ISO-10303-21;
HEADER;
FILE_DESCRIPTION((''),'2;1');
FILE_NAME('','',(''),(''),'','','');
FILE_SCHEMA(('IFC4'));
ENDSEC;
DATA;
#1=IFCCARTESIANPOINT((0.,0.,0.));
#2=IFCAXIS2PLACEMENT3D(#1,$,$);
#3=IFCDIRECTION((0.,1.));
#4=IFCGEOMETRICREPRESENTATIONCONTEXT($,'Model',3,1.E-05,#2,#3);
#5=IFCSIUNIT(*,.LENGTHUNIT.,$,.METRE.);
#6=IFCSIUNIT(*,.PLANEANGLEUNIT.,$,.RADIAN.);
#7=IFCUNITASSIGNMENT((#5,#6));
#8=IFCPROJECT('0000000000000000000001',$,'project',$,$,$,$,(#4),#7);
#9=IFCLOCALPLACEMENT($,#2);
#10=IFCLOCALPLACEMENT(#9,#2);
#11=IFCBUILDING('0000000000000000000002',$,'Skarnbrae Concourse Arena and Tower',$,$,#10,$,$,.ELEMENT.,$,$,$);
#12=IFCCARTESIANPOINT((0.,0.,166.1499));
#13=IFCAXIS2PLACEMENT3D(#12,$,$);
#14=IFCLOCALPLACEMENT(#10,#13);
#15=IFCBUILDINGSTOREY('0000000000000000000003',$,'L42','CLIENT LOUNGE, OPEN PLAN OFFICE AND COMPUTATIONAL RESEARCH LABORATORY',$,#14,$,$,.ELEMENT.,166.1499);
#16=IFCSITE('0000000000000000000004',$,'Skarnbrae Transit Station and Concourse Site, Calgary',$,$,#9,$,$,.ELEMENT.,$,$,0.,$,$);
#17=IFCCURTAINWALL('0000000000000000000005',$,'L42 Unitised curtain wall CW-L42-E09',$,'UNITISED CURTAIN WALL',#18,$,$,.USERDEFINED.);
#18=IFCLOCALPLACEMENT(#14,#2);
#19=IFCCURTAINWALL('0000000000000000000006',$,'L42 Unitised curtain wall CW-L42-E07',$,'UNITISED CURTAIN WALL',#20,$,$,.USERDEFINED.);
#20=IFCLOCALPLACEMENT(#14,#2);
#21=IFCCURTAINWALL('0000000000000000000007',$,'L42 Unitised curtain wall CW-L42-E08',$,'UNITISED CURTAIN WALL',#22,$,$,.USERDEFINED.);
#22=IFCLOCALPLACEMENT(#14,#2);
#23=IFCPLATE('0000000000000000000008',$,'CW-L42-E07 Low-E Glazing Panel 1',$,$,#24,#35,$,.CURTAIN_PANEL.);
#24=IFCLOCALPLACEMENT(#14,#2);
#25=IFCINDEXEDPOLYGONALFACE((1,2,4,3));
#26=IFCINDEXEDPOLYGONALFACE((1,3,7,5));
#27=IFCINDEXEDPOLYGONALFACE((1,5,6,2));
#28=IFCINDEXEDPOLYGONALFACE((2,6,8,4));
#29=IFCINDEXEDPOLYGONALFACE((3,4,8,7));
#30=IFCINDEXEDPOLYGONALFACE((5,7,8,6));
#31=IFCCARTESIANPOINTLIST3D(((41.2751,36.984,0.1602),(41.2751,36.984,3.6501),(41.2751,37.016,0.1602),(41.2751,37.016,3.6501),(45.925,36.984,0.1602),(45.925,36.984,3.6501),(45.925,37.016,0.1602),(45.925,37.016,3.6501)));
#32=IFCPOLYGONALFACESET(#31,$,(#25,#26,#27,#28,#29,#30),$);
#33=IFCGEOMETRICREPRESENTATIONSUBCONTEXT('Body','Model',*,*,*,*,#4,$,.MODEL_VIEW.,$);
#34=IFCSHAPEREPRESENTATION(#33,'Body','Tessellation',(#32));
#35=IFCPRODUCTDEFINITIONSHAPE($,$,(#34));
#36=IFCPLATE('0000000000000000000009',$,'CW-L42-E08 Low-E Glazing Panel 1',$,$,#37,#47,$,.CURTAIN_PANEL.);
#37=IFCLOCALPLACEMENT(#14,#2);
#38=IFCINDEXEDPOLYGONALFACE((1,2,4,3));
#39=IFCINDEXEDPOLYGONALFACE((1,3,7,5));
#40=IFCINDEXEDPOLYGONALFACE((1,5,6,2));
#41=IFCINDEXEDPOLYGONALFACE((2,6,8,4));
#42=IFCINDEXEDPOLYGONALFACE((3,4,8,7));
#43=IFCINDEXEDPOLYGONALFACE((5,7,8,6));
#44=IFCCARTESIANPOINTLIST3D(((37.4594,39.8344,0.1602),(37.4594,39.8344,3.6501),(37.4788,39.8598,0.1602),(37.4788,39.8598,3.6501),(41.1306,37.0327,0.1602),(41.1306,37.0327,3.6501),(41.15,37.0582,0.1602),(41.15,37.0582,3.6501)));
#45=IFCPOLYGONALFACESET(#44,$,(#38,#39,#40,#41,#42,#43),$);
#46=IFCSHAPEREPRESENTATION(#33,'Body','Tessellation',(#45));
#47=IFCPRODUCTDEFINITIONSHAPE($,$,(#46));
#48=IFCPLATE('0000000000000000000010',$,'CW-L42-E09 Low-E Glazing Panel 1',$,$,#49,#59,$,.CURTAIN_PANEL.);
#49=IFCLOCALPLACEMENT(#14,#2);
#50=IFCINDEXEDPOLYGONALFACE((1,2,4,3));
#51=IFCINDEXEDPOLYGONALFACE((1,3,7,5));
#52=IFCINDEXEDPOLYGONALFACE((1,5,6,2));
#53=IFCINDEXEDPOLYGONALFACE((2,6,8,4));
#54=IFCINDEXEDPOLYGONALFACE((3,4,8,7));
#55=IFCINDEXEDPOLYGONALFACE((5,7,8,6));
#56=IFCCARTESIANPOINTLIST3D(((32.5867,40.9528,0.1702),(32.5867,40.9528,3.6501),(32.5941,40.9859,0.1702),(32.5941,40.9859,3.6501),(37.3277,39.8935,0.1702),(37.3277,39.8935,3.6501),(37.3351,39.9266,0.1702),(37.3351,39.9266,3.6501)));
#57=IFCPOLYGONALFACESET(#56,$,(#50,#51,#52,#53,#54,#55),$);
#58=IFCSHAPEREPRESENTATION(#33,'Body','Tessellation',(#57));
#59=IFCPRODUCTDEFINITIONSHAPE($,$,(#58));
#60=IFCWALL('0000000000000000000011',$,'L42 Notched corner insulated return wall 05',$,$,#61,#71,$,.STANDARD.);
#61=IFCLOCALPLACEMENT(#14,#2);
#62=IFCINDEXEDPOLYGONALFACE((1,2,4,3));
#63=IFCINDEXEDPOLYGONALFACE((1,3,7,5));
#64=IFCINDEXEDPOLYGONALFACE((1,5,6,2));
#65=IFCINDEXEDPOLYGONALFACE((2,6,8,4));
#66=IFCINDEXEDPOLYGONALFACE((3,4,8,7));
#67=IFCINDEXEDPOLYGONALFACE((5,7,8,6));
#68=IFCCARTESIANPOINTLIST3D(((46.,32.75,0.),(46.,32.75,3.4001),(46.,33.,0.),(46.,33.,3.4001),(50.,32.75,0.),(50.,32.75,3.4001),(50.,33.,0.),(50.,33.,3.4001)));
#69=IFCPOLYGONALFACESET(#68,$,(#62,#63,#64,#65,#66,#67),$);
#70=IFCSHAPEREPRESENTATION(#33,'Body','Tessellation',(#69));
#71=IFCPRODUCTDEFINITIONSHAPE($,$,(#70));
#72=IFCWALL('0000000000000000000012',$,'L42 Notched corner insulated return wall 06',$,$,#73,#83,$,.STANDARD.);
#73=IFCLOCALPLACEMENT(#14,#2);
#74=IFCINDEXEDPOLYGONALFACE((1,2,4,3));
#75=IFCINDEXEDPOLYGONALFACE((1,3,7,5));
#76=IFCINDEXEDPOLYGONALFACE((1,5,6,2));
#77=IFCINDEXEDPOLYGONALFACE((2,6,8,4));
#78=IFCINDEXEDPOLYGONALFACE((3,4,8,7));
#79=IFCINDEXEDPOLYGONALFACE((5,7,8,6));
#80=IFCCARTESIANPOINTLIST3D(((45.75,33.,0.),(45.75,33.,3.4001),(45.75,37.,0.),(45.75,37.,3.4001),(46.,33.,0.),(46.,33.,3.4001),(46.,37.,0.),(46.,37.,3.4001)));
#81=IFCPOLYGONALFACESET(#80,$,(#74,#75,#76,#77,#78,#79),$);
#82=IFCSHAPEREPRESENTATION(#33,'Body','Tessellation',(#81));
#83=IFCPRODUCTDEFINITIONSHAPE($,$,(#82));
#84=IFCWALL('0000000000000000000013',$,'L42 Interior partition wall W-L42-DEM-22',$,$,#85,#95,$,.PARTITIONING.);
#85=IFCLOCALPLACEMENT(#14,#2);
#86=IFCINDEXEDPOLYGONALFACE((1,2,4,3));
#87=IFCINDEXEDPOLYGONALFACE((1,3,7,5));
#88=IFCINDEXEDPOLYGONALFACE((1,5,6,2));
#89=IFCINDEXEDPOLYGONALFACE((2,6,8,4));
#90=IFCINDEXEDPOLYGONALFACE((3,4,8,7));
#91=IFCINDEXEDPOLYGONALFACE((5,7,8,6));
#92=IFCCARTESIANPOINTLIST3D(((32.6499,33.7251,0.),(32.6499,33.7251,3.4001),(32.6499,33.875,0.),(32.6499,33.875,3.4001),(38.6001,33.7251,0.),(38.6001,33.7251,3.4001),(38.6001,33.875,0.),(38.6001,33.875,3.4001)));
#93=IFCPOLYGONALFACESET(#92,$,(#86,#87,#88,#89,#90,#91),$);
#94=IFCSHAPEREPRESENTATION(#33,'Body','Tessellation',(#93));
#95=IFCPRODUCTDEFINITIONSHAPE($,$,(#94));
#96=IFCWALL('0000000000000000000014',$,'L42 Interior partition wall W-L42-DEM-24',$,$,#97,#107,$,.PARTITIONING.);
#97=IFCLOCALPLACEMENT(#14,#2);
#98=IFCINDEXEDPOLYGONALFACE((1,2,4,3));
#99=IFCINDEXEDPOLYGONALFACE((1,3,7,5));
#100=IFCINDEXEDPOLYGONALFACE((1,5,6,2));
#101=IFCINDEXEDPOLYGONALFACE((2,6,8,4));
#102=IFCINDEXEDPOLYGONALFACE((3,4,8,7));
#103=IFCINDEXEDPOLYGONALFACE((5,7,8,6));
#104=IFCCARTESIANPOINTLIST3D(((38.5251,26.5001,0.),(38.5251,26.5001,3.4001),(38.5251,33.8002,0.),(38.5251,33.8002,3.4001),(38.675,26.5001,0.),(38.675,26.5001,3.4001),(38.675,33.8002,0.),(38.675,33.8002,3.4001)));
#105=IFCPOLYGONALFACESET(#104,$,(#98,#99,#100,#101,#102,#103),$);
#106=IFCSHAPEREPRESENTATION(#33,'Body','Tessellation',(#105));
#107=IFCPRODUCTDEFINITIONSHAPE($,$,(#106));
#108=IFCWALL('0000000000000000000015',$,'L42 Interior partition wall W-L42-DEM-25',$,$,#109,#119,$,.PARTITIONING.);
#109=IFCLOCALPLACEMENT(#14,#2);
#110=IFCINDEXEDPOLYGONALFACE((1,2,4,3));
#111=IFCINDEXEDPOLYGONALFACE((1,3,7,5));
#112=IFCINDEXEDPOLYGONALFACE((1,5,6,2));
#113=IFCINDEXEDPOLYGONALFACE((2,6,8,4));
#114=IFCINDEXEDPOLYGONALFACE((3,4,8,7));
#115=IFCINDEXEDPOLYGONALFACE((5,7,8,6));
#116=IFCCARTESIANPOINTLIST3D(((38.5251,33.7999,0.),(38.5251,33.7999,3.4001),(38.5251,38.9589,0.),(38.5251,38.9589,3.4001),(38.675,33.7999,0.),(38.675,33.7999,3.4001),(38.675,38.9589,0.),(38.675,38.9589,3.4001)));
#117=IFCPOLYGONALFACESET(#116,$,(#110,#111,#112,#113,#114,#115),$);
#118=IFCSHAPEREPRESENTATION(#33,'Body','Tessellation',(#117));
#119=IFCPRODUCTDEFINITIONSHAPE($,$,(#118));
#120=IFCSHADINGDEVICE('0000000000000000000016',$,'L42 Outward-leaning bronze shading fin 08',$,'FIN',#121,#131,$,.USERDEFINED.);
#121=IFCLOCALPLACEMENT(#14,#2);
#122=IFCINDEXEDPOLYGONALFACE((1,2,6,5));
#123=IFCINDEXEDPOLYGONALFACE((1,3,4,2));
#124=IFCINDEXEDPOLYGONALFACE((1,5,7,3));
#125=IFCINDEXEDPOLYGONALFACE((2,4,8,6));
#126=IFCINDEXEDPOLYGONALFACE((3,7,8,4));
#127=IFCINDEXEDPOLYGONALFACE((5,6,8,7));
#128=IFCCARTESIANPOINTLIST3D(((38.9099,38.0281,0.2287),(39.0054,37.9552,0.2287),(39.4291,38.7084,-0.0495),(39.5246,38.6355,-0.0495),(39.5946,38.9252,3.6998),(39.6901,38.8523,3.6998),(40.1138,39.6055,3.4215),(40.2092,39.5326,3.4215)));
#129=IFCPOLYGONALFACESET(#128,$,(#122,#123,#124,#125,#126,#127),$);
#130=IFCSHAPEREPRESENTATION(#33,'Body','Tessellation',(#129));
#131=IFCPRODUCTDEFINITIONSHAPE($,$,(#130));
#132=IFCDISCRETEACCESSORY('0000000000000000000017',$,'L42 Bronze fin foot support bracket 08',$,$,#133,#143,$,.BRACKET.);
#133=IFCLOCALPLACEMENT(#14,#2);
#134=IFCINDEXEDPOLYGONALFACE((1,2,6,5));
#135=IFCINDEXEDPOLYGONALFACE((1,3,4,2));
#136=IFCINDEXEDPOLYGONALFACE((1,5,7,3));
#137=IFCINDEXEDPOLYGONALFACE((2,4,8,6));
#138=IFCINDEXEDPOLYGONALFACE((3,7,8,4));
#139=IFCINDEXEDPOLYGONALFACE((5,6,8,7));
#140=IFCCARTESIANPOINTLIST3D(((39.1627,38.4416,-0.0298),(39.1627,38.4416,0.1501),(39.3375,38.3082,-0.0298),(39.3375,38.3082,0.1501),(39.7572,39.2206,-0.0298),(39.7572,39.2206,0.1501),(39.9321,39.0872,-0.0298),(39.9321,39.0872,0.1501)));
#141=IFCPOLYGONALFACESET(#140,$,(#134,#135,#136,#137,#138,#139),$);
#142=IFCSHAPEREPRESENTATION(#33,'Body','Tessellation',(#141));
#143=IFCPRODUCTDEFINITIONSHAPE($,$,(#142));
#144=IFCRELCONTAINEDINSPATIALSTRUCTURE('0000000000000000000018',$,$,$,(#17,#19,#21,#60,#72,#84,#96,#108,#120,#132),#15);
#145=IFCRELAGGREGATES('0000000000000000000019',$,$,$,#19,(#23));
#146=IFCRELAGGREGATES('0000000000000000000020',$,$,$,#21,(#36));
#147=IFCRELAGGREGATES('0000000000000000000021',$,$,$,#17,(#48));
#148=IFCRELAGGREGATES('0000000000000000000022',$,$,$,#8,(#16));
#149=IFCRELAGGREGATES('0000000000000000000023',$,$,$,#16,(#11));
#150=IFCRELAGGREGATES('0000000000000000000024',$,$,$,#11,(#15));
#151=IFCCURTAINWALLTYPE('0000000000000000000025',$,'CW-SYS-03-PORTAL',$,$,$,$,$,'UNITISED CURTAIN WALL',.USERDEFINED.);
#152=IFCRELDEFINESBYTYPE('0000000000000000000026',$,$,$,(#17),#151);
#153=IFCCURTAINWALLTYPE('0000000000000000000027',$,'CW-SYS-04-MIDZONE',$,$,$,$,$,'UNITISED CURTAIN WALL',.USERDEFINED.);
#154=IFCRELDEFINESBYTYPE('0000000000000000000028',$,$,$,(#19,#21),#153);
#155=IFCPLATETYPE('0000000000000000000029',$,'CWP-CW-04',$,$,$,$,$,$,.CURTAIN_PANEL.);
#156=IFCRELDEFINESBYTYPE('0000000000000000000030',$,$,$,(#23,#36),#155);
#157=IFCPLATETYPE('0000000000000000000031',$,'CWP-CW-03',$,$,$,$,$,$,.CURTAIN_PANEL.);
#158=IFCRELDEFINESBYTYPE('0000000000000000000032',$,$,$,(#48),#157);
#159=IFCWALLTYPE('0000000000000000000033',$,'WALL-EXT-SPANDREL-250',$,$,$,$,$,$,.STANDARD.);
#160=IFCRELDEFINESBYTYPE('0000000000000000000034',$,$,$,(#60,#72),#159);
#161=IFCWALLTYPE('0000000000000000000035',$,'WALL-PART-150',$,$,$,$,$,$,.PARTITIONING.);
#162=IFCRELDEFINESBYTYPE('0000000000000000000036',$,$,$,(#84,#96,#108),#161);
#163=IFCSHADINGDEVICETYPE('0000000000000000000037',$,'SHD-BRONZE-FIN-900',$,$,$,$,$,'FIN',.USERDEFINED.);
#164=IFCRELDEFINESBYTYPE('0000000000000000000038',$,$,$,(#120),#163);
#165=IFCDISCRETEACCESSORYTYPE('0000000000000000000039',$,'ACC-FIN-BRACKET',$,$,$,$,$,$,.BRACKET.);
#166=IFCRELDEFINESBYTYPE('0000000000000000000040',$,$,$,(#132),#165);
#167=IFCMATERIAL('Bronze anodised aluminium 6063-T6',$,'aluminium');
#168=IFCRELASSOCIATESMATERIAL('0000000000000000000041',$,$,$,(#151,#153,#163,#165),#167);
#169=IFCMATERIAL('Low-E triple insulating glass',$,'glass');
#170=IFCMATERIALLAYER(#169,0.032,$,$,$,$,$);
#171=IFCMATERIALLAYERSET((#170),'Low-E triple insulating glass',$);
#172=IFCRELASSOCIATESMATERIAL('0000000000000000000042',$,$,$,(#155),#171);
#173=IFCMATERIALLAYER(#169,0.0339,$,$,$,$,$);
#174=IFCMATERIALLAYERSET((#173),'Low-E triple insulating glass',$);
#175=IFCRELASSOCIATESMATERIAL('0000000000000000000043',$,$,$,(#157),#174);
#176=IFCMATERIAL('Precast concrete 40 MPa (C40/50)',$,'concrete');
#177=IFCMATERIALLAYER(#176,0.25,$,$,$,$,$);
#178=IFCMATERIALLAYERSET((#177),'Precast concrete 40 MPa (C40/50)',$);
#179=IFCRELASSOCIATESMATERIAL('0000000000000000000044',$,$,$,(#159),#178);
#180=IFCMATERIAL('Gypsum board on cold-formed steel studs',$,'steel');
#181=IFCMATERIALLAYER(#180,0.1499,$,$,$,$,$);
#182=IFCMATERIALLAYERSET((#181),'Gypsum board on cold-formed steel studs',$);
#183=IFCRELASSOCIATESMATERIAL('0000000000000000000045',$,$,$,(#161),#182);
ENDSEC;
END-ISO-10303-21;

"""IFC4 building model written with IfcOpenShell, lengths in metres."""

from ifc_helpers import new_model, si_unit, direction, frame, frame_2d, origin, origin_2d, place, context, subcontext, project, spatial, rectangle, extrude, source, transform, mapped, material, layer, layer_set, type_object, element, aggregate, save


model = new_model("IFC4")

# Units and contexts
model_context = context("Model", 3, precision=1e-05, world=origin(), true_north=direction((0.0, 1.0)))
body_context = subcontext(model_context, "Body", "Model", "MODEL_VIEW")
ifc_project = project(units=[si_unit("LENGTHUNIT", "METRE"), si_unit("PLANEANGLEUNIT", "RADIAN")], contexts=[model_context])

# Site, building, storey
site_placement = place(None, origin())
site = spatial("IfcSite", under=ifc_project, at=site_placement, Name="Skarnbrae Transit Station and Concourse Site, Calgary", CompositionType="ELEMENT", RefElevation=0.0)
building_placement = place(site_placement, origin())
building = spatial("IfcBuilding", under=site, at=building_placement, Name="Skarnbrae Concourse Arena and Tower", CompositionType="ELEMENT")
storey_placement = place(building_placement, frame((0.0, 0.0, 166.1499)))
storey = spatial("IfcBuildingStorey", under=building, at=storey_placement, Name="L42", Description="CLIENT LOUNGE, OPEN PLAN OFFICE AND COMPUTATIONAL RESEARCH LABORATORY", CompositionType="ELEMENT", Elevation=166.1499)

# Curtain wall
ifc_material_1 = material(Name="Bronze anodised aluminium 6063-T6", Category="aluminium")
curtain_wall_type_1 = type_object("IfcCurtainWallType", Name="CW-SYS-03-PORTAL", ElementType="UNITISED CURTAIN WALL", PredefinedType="USERDEFINED", material=ifc_material_1)
curtain_wall_1_placement = place(storey_placement, origin())
curtain_wall_1 = element("IfcCurtainWall", 1, at=curtain_wall_1_placement, inside=storey, type_object=curtain_wall_type_1, Name="L42 Unitised curtain wall CW-L42-E09", ObjectType="UNITISED CURTAIN WALL", PredefinedType="USERDEFINED")
curtain_wall_type_2 = type_object("IfcCurtainWallType", Name="CW-SYS-04-MIDZONE", ElementType="UNITISED CURTAIN WALL", PredefinedType="USERDEFINED", material=ifc_material_1)

# Curtain walls
curtain_wall_2_placement = place(storey_placement, origin())
curtain_wall_2 = element("IfcCurtainWall", 2, at=curtain_wall_2_placement, inside=storey, type_object=curtain_wall_type_2, Name="L42 Unitised curtain wall CW-L42-E07", ObjectType="UNITISED CURTAIN WALL", PredefinedType="USERDEFINED")
curtain_wall_3_placement = place(storey_placement, origin())
curtain_wall_3 = element("IfcCurtainWall", 3, at=curtain_wall_3_placement, inside=storey, type_object=curtain_wall_type_2, Name="L42 Unitised curtain wall CW-L42-E08", ObjectType="UNITISED CURTAIN WALL", PredefinedType="USERDEFINED")

# Plates
ifc_material_2 = material(Name="Low-E triple insulating glass", Category="glass")
ifc_layer_1 = layer(ifc_material_2, 0.032)
ifc_layer_set_1 = layer_set([ifc_layer_1], Name="Low-E triple insulating glass")
plate_type_1 = type_object("IfcPlateType", Name="CWP-CW-04", PredefinedType="CURTAIN_PANEL", material=ifc_layer_set_1)
shared_shape_1 = source(origin(), body_context, "Body", "SweptSolid", [
    extrude(rectangle(XDim=4.6499, YDim=0.032, at=origin_2d()), origin(), (0.0, 0.0, 1.0), 3.49),
])
plate_1_placement = place(storey_placement, frame((43.6001, 37.0, 0.1602), z_axis=(0.0, 0.0, 1.0), x_axis=(-1.0, 0.0, 0.0)))
plate_1 = element("IfcPlate", 4, at=plate_1_placement, type_object=plate_type_1, Name="CW-L42-E07 Low-E Glazing Panel 1", PredefinedType="CURTAIN_PANEL", context=body_context, shape_type="MappedRepresentation", body=[
    mapped(shared_shape_1, transform((0.0, 0.0, 0.0))),
])
aggregate(curtain_wall_2, [plate_1])
shared_shape_2 = source(origin(), body_context, "Body", "SweptSolid", [
    extrude(rectangle(XDim=4.6182, YDim=0.032, at=origin_2d()), origin(), (0.0, 0.0, 1.0), 3.49),
])
plate_2_placement = place(storey_placement, frame((39.3047, 38.4463, 0.1602), z_axis=(0.0, 0.0, 1.0), x_axis=(-0.794956, 0.606667, 0.0)))
plate_2 = element("IfcPlate", 5, at=plate_2_placement, type_object=plate_type_1, Name="CW-L42-E08 Low-E Glazing Panel 1", PredefinedType="CURTAIN_PANEL", context=body_context, shape_type="MappedRepresentation", body=[
    mapped(shared_shape_2, transform((0.0, 0.0, 0.0))),
])
aggregate(curtain_wall_3, [plate_2])
ifc_layer_2 = layer(ifc_material_2, 0.0339)
ifc_layer_set_2 = layer_set([ifc_layer_2], Name="Low-E triple insulating glass")
plate_type_2 = type_object("IfcPlateType", Name="CWP-CW-03", PredefinedType="CURTAIN_PANEL", material=ifc_layer_set_2)
shared_shape_3 = source(origin(), body_context, "Body", "SweptSolid", [
    extrude(rectangle(XDim=4.8579, YDim=0.0339, at=origin_2d()), origin(), (0.0, 0.0, 1.0), 3.48),
])
plate_3_placement = place(storey_placement, frame((34.9609, 40.4397, 0.1702), z_axis=(0.0, 0.0, 1.0), x_axis=(-0.975936, 0.218056, 0.0)))
plate_3 = element("IfcPlate", 6, at=plate_3_placement, type_object=plate_type_2, Name="CW-L42-E09 Low-E Glazing Panel 1", PredefinedType="CURTAIN_PANEL", context=body_context, shape_type="MappedRepresentation", body=[
    mapped(shared_shape_3, transform((0.0, 0.0, 0.0))),
])
aggregate(curtain_wall_1, [plate_3])

# Walls
ifc_material_3 = material(Name="Precast concrete 40 MPa (C40/50)", Category="concrete")
ifc_layer_3 = layer(ifc_material_3, 0.25)
ifc_layer_set_3 = layer_set([ifc_layer_3], Name="Precast concrete 40 MPa (C40/50)")
wall_type_1 = type_object("IfcWallType", Name="WALL-EXT-SPANDREL-250", PredefinedType="STANDARD", material=ifc_layer_set_3)
shared_shape_4 = source(origin(), body_context, "Body", "SweptSolid", [
    extrude(rectangle(XDim=4.0, YDim=0.25, at=frame_2d((2.0, 0.0))), origin(), (0.0, 0.0, 1.0), 3.4001),
])
for number, where, z_axis, x_axis, name in (
    (7, (50.0, 32.875, 0.0), (0.0, 0.0, 1.0), (-1.0, 0.0, 0.0), "L42 Notched corner insulated return wall 05"),
    (8, (45.875, 33.0, 0.0), (0.0, 0.0, 1.0), (0.0, 1.0, 0.0), "L42 Notched corner insulated return wall 06"),
):
    element("IfcWall", number, at=place(storey_placement, frame(where, z_axis=z_axis, x_axis=x_axis)), inside=storey, type_object=wall_type_1, Name=name, PredefinedType="STANDARD", context=body_context, shape_type="MappedRepresentation", body=[
        mapped(shared_shape_4, transform((0.0, 0.0, 0.0))),
    ])
ifc_material_4 = material(Name="Gypsum board on cold-formed steel studs", Category="steel")
ifc_layer_4 = layer(ifc_material_4, 0.1499)
ifc_layer_set_4 = layer_set([ifc_layer_4], Name="Gypsum board on cold-formed steel studs")
wall_type_2 = type_object("IfcWallType", Name="WALL-PART-150", PredefinedType="PARTITIONING", material=ifc_layer_set_4)
shared_shape_5 = source(origin(), body_context, "Body", "SweptSolid", [
    extrude(rectangle(XDim=5.9502, YDim=0.1499, at=frame_2d((2.9751, 0.0))), origin(), (0.0, 0.0, 1.0), 3.4001),
])
wall_1_placement = place(storey_placement, frame((38.6001, 33.8, 0.0), z_axis=(0.0, 0.0, 1.0), x_axis=(-1.0, 0.0, 0.0)))
element("IfcWall", 9, at=wall_1_placement, inside=storey, type_object=wall_type_2, Name="L42 Interior partition wall W-L42-DEM-22", PredefinedType="PARTITIONING", context=body_context, shape_type="MappedRepresentation", body=[
    mapped(shared_shape_5, transform((0.0, 0.0, 0.0))),
])
shared_shape_6 = source(origin(), body_context, "Body", "SweptSolid", [
    extrude(rectangle(XDim=7.3, YDim=0.1499, at=frame_2d((3.6499, 0.0))), origin(), (0.0, 0.0, 1.0), 3.4001),
])
wall_2_placement = place(storey_placement, frame((38.6001, 33.8, 0.0), z_axis=(0.0, 0.0, 1.0), x_axis=(0.0, -1.0, 0.0)))
element("IfcWall", 10, at=wall_2_placement, inside=storey, type_object=wall_type_2, Name="L42 Interior partition wall W-L42-DEM-24", PredefinedType="PARTITIONING", context=body_context, shape_type="MappedRepresentation", body=[
    mapped(shared_shape_6, transform((0.0, 0.0, 0.0))),
])
shared_shape_7 = source(origin(), body_context, "Body", "SweptSolid", [
    extrude(rectangle(XDim=5.1589, YDim=0.1499, at=frame_2d((2.5796, 0.0))), origin(), (0.0, 0.0, 1.0), 3.4001),
])
wall_3_placement = place(storey_placement, frame((38.6001, 38.959, 0.0), z_axis=(0.0, 0.0, 1.0), x_axis=(0.0, -1.0, 0.0)))
element("IfcWall", 11, at=wall_3_placement, inside=storey, type_object=wall_type_2, Name="L42 Interior partition wall W-L42-DEM-25", PredefinedType="PARTITIONING", context=body_context, shape_type="MappedRepresentation", body=[
    mapped(shared_shape_7, transform((0.0, 0.0, 0.0))),
])

# Shading device
shading_device_type = type_object("IfcShadingDeviceType", Name="SHD-BRONZE-FIN-900", ElementType="FIN", PredefinedType="USERDEFINED", material=ifc_material_1)
shared_shape_8 = source(origin(), body_context, "Body", "SweptSolid", [
    extrude(rectangle(XDim=0.1201, YDim=0.8999, at=origin_2d()), origin(), (0.0, 0.0, 1.0), 3.6499),
])
shading_device_placement = place(storey_placement, frame((39.2173, 38.3318, 0.0896), z_axis=(0.187572, 0.245787, 0.951003), x_axis=(0.794955, -0.606668, 0.0)))
element("IfcShadingDevice", 12, at=shading_device_placement, inside=storey, type_object=shading_device_type, Name="L42 Outward-leaning bronze shading fin 08", ObjectType="FIN", PredefinedType="USERDEFINED", context=body_context, shape_type="MappedRepresentation", body=[
    mapped(shared_shape_8, transform((0.0, 0.0, 0.0))),
])

# Discrete accessory
discrete_accessory_type = type_object("IfcDiscreteAccessoryType", Name="ACC-FIN-BRACKET", PredefinedType="BRACKET", material=ifc_material_1)
shared_shape_9 = source(origin(), body_context, "Body", "SweptSolid", [
    extrude(rectangle(XDim=0.22, YDim=0.98, at=origin_2d()), origin(), (0.0, 0.0, 1.0), 0.1799),
])
discrete_accessory_placement = place(storey_placement, frame((39.5474, 38.7644, -0.0298), z_axis=(0.0, 0.0, 1.0), x_axis=(0.794955, -0.606668, 0.0)))
element("IfcDiscreteAccessory", 13, at=discrete_accessory_placement, inside=storey, type_object=discrete_accessory_type, Name="L42 Bronze fin foot support bracket 08", PredefinedType="BRACKET", context=body_context, shape_type="MappedRepresentation", body=[
    mapped(shared_shape_9, transform((0.0, 0.0, 0.0))),
])

save(model, "model.ifc")
